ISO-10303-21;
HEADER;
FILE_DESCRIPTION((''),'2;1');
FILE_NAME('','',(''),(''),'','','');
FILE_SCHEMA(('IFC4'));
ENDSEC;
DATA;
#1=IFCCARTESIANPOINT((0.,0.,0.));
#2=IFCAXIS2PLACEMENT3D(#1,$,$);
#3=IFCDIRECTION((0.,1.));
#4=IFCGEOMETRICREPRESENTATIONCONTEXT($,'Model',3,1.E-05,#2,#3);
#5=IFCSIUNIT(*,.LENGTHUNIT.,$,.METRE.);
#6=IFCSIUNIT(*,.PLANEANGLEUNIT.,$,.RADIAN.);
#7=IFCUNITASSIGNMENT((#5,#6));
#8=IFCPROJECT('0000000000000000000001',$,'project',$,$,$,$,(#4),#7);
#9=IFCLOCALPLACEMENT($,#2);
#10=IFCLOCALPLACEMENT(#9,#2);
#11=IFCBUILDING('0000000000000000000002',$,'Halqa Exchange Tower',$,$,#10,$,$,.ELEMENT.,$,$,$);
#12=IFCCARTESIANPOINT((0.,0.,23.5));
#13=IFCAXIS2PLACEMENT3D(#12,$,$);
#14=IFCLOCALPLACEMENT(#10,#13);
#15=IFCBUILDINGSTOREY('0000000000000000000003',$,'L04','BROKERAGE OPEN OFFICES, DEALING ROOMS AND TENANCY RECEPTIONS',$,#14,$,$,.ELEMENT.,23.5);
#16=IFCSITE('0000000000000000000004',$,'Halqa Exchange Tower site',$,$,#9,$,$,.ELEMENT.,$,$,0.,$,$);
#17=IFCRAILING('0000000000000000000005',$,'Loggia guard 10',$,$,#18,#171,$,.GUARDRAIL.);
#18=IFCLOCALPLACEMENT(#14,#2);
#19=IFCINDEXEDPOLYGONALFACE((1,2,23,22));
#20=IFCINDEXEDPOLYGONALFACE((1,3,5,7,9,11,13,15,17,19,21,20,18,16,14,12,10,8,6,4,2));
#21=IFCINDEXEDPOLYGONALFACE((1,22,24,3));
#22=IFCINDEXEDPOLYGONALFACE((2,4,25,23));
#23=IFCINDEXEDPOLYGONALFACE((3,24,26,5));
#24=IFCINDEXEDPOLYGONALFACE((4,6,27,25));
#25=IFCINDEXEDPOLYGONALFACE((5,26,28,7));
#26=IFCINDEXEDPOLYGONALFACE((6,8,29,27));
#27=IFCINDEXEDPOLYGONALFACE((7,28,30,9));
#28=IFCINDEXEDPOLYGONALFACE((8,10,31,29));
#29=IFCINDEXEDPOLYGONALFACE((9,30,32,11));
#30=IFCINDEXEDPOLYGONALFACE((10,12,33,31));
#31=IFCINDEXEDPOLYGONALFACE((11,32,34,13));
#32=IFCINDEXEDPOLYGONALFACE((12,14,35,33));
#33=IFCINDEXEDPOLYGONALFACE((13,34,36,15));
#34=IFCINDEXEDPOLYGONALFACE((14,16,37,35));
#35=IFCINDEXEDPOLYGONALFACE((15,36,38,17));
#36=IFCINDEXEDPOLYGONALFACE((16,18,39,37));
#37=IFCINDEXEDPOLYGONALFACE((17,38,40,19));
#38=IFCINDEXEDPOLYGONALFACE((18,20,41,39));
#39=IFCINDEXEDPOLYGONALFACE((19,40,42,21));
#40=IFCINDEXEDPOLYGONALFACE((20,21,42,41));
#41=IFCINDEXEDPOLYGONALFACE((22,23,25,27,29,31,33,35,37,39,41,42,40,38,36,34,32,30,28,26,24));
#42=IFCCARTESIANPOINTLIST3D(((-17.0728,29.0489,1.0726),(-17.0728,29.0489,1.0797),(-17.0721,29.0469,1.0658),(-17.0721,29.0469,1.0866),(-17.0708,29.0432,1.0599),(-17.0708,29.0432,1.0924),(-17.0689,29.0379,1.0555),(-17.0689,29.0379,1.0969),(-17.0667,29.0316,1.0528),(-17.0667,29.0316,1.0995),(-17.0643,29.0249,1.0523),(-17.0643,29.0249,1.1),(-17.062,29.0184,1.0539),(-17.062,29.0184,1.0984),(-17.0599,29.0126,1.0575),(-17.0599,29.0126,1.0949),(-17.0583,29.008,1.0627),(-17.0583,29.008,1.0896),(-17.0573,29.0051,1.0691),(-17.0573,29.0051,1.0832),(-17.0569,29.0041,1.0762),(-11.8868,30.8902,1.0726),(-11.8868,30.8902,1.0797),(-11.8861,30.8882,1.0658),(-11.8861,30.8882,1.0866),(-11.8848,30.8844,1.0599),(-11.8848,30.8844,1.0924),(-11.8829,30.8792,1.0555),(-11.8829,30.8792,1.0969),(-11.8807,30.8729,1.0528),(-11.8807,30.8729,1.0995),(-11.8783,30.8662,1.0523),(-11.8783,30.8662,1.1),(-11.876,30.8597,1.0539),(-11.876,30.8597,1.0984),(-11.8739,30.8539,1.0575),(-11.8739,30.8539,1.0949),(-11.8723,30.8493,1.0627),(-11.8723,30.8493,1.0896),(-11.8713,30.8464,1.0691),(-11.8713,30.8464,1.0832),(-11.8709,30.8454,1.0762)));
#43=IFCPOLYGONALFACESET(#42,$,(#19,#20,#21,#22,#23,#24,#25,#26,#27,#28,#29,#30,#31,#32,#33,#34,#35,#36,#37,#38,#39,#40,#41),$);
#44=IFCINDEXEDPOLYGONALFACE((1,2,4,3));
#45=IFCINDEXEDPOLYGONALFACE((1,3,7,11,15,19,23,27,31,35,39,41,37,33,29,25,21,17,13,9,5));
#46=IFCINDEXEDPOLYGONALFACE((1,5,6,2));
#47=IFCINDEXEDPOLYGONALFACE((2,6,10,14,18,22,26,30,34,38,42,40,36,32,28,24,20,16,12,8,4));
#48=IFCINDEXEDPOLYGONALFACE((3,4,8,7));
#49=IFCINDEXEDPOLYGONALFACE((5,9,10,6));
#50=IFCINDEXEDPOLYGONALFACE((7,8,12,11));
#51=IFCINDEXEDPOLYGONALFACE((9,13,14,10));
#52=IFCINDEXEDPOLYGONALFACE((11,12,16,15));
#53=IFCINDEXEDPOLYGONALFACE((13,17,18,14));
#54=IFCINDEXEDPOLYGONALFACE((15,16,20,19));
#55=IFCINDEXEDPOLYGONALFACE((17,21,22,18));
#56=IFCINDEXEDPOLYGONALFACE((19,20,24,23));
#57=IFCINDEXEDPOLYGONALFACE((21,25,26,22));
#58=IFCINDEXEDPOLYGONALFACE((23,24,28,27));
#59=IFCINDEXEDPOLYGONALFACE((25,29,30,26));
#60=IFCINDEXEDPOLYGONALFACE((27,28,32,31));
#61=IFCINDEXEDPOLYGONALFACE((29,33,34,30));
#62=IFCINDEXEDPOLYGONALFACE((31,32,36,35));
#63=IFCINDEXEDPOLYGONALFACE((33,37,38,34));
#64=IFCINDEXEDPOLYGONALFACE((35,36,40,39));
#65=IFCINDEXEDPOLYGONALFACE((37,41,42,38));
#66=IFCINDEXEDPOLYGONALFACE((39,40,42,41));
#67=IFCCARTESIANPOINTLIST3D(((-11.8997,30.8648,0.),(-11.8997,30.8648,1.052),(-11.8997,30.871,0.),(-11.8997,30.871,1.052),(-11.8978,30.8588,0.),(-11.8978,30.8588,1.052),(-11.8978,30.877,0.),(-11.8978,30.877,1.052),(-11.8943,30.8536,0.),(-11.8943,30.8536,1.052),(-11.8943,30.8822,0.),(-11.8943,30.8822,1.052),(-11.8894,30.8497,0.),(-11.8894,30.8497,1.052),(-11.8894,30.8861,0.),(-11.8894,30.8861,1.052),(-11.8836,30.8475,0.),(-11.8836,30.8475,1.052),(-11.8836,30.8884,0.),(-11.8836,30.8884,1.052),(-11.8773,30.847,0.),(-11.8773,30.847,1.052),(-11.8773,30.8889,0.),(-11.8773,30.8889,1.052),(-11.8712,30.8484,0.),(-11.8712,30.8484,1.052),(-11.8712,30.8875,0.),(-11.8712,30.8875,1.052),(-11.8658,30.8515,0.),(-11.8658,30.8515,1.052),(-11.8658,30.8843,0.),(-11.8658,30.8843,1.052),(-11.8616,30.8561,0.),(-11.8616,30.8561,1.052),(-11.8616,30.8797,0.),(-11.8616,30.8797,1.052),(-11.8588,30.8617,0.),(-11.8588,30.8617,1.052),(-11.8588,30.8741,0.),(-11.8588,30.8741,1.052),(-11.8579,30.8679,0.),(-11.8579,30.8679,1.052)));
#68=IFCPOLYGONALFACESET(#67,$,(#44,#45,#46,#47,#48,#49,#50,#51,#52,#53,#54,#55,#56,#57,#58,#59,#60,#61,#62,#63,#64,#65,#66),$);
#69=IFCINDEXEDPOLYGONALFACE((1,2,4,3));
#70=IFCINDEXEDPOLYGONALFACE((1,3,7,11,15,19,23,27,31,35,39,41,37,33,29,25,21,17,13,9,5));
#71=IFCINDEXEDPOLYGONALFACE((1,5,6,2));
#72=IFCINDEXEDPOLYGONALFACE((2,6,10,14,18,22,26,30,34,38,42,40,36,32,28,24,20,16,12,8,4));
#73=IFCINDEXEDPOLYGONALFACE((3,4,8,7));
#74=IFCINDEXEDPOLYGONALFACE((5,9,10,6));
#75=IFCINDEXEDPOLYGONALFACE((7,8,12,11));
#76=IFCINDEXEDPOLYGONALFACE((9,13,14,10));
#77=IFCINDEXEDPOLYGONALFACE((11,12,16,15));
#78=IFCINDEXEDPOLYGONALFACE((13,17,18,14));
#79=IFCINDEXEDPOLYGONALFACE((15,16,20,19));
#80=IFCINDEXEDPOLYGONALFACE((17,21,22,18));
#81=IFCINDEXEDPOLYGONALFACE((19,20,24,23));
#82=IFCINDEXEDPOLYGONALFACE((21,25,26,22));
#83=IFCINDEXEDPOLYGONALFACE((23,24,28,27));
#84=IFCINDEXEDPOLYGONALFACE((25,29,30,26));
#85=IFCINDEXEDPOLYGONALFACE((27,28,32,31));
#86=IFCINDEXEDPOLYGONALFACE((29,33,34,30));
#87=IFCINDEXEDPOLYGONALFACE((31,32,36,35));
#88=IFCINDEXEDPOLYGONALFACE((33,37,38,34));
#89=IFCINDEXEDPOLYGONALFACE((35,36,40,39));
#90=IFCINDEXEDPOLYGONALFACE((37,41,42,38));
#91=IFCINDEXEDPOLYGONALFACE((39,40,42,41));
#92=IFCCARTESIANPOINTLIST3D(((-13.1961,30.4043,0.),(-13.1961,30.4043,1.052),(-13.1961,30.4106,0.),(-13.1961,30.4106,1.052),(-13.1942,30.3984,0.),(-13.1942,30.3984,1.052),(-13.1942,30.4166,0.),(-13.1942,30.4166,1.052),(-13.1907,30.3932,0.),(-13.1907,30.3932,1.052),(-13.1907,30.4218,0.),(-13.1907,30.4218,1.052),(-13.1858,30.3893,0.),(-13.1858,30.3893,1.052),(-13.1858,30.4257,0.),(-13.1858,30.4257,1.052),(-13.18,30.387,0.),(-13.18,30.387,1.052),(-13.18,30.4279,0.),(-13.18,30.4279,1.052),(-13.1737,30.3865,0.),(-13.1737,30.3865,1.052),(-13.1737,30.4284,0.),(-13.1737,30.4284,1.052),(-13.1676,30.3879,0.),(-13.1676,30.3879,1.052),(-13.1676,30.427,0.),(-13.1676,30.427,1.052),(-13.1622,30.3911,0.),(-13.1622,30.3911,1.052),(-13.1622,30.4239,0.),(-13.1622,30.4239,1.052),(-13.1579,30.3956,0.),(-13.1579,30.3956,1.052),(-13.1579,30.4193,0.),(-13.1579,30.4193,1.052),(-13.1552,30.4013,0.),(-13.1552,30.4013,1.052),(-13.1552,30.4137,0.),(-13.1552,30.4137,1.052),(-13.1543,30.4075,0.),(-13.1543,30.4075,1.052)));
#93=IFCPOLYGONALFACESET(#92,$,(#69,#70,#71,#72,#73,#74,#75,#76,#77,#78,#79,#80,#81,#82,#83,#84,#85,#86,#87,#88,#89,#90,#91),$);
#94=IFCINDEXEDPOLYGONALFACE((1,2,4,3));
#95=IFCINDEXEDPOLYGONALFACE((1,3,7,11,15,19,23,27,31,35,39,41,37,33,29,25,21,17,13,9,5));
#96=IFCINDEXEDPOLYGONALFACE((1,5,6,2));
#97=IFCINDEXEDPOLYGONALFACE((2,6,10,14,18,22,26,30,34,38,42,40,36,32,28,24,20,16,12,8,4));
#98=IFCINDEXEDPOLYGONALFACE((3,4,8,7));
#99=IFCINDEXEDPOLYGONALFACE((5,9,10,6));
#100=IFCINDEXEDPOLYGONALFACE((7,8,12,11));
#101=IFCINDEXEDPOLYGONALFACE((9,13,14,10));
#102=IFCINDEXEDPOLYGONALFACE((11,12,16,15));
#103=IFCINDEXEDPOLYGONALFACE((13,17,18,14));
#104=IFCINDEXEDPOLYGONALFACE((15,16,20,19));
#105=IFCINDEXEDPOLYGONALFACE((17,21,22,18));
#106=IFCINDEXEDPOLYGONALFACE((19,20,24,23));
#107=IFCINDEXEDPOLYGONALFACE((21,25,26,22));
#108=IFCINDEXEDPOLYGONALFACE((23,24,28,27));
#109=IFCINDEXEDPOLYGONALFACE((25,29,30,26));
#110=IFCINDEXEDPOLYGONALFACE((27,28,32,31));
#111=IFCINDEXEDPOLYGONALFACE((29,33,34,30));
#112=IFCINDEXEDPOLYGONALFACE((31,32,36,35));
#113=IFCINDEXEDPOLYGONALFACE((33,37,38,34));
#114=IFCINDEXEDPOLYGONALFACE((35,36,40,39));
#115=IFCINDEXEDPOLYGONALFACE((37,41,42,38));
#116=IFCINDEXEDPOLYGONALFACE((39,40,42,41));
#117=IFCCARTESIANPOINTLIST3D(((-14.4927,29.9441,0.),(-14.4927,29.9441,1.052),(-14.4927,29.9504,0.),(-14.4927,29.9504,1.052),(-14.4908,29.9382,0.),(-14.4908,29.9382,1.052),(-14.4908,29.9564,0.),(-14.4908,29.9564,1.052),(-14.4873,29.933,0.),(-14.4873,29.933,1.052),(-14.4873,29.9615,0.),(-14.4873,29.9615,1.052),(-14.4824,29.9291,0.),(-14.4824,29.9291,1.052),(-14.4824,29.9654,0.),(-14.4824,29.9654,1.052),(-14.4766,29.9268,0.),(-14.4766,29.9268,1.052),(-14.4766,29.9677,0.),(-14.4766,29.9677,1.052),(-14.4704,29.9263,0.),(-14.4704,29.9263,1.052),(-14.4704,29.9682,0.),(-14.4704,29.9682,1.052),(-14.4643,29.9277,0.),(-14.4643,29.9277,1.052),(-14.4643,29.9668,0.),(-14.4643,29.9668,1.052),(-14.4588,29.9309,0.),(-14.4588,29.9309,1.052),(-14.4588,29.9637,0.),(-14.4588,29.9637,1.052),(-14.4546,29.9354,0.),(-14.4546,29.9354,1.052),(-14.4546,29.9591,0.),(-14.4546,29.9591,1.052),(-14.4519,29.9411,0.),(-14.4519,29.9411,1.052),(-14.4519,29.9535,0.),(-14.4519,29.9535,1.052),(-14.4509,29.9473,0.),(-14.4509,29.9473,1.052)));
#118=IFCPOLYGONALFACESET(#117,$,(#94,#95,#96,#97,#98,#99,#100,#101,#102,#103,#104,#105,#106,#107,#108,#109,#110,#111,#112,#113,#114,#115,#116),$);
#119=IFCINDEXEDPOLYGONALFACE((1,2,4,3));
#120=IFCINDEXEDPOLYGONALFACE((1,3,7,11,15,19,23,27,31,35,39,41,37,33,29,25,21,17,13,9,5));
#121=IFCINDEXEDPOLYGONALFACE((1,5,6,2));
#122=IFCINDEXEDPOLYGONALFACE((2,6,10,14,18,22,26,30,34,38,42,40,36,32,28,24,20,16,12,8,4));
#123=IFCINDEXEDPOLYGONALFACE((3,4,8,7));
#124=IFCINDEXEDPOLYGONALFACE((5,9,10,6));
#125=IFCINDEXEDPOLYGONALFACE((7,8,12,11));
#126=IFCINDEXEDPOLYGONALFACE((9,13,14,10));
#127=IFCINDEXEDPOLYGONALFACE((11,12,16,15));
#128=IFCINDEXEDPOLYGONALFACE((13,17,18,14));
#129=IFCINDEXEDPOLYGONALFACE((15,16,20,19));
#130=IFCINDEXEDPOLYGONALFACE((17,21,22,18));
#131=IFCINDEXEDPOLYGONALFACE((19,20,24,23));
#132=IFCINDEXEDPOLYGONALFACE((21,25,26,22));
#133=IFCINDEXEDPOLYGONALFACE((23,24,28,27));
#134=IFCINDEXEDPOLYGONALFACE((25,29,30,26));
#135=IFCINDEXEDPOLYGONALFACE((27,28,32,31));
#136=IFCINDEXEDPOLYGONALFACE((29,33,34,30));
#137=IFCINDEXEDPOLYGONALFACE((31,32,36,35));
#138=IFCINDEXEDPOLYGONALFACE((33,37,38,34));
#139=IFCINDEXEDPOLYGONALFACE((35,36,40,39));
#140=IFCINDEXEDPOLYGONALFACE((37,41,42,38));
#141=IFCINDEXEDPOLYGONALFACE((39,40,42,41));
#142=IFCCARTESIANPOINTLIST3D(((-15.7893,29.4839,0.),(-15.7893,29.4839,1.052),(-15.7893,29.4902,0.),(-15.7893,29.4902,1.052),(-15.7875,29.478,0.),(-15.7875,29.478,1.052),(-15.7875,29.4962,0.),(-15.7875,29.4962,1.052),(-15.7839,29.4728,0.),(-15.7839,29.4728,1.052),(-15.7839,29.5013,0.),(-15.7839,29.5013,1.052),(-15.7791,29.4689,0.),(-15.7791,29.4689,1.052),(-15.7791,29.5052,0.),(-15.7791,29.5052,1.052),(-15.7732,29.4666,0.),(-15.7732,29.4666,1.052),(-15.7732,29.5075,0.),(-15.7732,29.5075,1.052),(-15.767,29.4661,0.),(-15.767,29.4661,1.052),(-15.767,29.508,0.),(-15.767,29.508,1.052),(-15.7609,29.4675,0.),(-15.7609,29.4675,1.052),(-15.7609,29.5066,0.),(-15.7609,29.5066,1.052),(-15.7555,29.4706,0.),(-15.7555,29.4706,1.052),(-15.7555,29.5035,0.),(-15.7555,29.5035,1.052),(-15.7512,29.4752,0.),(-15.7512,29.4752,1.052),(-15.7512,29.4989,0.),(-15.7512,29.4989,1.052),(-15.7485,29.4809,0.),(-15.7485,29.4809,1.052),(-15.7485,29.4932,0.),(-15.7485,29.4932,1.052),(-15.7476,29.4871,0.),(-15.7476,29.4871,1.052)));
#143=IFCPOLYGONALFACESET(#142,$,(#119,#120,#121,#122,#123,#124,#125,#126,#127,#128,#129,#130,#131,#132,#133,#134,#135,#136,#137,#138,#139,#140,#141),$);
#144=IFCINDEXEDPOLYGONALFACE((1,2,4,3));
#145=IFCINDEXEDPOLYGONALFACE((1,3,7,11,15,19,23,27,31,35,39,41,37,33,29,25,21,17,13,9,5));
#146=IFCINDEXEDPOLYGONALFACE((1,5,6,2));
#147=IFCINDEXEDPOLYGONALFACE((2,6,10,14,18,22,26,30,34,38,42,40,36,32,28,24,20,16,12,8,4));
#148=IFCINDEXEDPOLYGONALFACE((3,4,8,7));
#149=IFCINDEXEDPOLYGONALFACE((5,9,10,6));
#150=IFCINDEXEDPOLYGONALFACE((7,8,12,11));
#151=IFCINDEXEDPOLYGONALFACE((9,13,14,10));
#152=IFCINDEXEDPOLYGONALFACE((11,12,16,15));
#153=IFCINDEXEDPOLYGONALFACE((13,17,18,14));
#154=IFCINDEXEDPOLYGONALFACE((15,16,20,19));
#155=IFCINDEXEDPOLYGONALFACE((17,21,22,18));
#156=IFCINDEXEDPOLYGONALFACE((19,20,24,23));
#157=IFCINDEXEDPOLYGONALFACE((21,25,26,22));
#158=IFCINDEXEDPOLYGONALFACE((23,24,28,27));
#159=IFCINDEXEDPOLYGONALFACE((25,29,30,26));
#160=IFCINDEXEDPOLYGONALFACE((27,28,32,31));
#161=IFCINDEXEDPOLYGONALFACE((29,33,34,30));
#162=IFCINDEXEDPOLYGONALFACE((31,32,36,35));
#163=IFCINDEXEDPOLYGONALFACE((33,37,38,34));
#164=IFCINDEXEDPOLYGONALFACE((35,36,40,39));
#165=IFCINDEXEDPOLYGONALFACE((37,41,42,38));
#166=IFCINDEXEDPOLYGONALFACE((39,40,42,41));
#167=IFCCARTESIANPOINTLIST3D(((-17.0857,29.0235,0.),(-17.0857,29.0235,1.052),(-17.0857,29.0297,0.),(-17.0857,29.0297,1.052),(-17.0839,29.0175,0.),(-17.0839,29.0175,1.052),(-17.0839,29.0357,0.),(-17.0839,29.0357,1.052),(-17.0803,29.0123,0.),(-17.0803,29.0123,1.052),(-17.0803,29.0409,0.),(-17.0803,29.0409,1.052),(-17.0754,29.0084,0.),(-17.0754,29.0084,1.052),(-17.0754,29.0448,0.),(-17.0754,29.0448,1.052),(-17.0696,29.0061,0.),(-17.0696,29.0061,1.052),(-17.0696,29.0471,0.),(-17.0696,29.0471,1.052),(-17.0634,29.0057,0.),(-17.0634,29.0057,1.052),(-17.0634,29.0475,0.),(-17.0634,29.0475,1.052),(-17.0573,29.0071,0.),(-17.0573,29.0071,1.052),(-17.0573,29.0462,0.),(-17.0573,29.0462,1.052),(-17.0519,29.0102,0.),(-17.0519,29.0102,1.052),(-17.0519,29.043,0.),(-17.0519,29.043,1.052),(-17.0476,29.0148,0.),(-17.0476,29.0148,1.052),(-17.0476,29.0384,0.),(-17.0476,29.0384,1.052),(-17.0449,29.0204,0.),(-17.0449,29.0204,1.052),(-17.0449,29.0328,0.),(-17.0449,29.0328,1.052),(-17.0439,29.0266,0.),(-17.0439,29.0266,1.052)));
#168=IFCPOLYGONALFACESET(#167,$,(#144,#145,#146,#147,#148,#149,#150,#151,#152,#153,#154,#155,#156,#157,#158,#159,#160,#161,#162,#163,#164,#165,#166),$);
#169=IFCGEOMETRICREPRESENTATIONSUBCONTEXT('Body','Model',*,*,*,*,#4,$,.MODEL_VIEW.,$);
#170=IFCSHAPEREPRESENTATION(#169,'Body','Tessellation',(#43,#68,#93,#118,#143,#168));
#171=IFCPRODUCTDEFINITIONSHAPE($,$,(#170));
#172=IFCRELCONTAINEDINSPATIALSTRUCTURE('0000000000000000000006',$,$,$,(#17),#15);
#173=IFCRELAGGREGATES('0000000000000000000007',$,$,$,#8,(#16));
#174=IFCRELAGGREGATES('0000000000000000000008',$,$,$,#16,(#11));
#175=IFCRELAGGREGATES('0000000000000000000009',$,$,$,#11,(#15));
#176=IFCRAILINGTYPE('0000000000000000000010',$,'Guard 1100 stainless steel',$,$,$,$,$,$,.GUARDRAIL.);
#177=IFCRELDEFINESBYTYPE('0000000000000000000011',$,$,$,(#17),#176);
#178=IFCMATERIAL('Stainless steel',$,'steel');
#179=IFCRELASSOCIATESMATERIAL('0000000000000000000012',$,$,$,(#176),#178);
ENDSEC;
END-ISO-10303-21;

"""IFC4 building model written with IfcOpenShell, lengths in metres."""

from ifc_helpers import new_model, si_unit, direction, frame, origin, origin_2d, place, context, subcontext, project, spatial, circle, extrude, material, type_object, element, save


model = new_model("IFC4")

# Units and contexts
model_context = context("Model", 3, precision=1e-05, world=origin(), true_north=direction((0.0, 1.0)))
body_context = subcontext(model_context, "Body", "Model", "MODEL_VIEW")
ifc_project = project(units=[si_unit("LENGTHUNIT", "METRE"), si_unit("PLANEANGLEUNIT", "RADIAN")], contexts=[model_context])

# Site, building, storey
site_placement = place(None, origin())
site = spatial("IfcSite", under=ifc_project, at=site_placement, Name="Halqa Exchange Tower site", CompositionType="ELEMENT", RefElevation=0.0)
building_placement = place(site_placement, origin())
building = spatial("IfcBuilding", under=site, at=building_placement, Name="Halqa Exchange Tower", CompositionType="ELEMENT")
storey_placement = place(building_placement, frame((0.0, 0.0, 23.5)))
storey = spatial("IfcBuildingStorey", under=building, at=storey_placement, Name="L04", Description="BROKERAGE OPEN OFFICES, DEALING ROOMS AND TENANCY RECEPTIONS", CompositionType="ELEMENT", Elevation=23.5)

# Railing
ifc_material_1 = material(Name="Stainless steel", Category="steel")
railing_type = type_object("IfcRailingType", Name="Guard 1100 stainless steel", PredefinedType="GUARDRAIL", material=ifc_material_1)
railing_1_placement = place(storey_placement, frame((-11.8789, 30.8679, 0.0)))
element("IfcRailing", 1, at=railing_1_placement, inside=storey, type_object=railing_type, Name="Loggia guard 10", PredefinedType="GUARDRAIL", context=body_context, shape_type="SweptSolid", body=[
    extrude(circle(Radius=0.0239, at=origin_2d()), frame((0.0, 0.0, 1.0762), z_axis=(-0.942365, -0.334588, 0.0), x_axis=(0.334588, -0.942365, 0.0)), (0.0, 0.0, 1.0), 5.5032),
    extrude(circle(Radius=0.021, at=origin_2d()), origin(), (0.0, 0.0, 1.0), 1.052),
    extrude(circle(Radius=0.021, at=origin_2d()), frame((-1.2964, -0.4604, 0.0)), (0.0, 0.0, 1.0), 1.052),
    extrude(circle(Radius=0.021, at=origin_2d()), frame((-2.593, -0.9207, 0.0)), (0.0, 0.0, 1.0), 1.052),
    extrude(circle(Radius=0.021, at=origin_2d()), frame((-3.8896, -1.3809, 0.0)), (0.0, 0.0, 1.0), 1.052),
    extrude(circle(Radius=0.021, at=origin_2d()), frame((-5.186, -1.8413, 0.0)), (0.0, 0.0, 1.0), 1.052),
])

save(model, "model.ifc")
